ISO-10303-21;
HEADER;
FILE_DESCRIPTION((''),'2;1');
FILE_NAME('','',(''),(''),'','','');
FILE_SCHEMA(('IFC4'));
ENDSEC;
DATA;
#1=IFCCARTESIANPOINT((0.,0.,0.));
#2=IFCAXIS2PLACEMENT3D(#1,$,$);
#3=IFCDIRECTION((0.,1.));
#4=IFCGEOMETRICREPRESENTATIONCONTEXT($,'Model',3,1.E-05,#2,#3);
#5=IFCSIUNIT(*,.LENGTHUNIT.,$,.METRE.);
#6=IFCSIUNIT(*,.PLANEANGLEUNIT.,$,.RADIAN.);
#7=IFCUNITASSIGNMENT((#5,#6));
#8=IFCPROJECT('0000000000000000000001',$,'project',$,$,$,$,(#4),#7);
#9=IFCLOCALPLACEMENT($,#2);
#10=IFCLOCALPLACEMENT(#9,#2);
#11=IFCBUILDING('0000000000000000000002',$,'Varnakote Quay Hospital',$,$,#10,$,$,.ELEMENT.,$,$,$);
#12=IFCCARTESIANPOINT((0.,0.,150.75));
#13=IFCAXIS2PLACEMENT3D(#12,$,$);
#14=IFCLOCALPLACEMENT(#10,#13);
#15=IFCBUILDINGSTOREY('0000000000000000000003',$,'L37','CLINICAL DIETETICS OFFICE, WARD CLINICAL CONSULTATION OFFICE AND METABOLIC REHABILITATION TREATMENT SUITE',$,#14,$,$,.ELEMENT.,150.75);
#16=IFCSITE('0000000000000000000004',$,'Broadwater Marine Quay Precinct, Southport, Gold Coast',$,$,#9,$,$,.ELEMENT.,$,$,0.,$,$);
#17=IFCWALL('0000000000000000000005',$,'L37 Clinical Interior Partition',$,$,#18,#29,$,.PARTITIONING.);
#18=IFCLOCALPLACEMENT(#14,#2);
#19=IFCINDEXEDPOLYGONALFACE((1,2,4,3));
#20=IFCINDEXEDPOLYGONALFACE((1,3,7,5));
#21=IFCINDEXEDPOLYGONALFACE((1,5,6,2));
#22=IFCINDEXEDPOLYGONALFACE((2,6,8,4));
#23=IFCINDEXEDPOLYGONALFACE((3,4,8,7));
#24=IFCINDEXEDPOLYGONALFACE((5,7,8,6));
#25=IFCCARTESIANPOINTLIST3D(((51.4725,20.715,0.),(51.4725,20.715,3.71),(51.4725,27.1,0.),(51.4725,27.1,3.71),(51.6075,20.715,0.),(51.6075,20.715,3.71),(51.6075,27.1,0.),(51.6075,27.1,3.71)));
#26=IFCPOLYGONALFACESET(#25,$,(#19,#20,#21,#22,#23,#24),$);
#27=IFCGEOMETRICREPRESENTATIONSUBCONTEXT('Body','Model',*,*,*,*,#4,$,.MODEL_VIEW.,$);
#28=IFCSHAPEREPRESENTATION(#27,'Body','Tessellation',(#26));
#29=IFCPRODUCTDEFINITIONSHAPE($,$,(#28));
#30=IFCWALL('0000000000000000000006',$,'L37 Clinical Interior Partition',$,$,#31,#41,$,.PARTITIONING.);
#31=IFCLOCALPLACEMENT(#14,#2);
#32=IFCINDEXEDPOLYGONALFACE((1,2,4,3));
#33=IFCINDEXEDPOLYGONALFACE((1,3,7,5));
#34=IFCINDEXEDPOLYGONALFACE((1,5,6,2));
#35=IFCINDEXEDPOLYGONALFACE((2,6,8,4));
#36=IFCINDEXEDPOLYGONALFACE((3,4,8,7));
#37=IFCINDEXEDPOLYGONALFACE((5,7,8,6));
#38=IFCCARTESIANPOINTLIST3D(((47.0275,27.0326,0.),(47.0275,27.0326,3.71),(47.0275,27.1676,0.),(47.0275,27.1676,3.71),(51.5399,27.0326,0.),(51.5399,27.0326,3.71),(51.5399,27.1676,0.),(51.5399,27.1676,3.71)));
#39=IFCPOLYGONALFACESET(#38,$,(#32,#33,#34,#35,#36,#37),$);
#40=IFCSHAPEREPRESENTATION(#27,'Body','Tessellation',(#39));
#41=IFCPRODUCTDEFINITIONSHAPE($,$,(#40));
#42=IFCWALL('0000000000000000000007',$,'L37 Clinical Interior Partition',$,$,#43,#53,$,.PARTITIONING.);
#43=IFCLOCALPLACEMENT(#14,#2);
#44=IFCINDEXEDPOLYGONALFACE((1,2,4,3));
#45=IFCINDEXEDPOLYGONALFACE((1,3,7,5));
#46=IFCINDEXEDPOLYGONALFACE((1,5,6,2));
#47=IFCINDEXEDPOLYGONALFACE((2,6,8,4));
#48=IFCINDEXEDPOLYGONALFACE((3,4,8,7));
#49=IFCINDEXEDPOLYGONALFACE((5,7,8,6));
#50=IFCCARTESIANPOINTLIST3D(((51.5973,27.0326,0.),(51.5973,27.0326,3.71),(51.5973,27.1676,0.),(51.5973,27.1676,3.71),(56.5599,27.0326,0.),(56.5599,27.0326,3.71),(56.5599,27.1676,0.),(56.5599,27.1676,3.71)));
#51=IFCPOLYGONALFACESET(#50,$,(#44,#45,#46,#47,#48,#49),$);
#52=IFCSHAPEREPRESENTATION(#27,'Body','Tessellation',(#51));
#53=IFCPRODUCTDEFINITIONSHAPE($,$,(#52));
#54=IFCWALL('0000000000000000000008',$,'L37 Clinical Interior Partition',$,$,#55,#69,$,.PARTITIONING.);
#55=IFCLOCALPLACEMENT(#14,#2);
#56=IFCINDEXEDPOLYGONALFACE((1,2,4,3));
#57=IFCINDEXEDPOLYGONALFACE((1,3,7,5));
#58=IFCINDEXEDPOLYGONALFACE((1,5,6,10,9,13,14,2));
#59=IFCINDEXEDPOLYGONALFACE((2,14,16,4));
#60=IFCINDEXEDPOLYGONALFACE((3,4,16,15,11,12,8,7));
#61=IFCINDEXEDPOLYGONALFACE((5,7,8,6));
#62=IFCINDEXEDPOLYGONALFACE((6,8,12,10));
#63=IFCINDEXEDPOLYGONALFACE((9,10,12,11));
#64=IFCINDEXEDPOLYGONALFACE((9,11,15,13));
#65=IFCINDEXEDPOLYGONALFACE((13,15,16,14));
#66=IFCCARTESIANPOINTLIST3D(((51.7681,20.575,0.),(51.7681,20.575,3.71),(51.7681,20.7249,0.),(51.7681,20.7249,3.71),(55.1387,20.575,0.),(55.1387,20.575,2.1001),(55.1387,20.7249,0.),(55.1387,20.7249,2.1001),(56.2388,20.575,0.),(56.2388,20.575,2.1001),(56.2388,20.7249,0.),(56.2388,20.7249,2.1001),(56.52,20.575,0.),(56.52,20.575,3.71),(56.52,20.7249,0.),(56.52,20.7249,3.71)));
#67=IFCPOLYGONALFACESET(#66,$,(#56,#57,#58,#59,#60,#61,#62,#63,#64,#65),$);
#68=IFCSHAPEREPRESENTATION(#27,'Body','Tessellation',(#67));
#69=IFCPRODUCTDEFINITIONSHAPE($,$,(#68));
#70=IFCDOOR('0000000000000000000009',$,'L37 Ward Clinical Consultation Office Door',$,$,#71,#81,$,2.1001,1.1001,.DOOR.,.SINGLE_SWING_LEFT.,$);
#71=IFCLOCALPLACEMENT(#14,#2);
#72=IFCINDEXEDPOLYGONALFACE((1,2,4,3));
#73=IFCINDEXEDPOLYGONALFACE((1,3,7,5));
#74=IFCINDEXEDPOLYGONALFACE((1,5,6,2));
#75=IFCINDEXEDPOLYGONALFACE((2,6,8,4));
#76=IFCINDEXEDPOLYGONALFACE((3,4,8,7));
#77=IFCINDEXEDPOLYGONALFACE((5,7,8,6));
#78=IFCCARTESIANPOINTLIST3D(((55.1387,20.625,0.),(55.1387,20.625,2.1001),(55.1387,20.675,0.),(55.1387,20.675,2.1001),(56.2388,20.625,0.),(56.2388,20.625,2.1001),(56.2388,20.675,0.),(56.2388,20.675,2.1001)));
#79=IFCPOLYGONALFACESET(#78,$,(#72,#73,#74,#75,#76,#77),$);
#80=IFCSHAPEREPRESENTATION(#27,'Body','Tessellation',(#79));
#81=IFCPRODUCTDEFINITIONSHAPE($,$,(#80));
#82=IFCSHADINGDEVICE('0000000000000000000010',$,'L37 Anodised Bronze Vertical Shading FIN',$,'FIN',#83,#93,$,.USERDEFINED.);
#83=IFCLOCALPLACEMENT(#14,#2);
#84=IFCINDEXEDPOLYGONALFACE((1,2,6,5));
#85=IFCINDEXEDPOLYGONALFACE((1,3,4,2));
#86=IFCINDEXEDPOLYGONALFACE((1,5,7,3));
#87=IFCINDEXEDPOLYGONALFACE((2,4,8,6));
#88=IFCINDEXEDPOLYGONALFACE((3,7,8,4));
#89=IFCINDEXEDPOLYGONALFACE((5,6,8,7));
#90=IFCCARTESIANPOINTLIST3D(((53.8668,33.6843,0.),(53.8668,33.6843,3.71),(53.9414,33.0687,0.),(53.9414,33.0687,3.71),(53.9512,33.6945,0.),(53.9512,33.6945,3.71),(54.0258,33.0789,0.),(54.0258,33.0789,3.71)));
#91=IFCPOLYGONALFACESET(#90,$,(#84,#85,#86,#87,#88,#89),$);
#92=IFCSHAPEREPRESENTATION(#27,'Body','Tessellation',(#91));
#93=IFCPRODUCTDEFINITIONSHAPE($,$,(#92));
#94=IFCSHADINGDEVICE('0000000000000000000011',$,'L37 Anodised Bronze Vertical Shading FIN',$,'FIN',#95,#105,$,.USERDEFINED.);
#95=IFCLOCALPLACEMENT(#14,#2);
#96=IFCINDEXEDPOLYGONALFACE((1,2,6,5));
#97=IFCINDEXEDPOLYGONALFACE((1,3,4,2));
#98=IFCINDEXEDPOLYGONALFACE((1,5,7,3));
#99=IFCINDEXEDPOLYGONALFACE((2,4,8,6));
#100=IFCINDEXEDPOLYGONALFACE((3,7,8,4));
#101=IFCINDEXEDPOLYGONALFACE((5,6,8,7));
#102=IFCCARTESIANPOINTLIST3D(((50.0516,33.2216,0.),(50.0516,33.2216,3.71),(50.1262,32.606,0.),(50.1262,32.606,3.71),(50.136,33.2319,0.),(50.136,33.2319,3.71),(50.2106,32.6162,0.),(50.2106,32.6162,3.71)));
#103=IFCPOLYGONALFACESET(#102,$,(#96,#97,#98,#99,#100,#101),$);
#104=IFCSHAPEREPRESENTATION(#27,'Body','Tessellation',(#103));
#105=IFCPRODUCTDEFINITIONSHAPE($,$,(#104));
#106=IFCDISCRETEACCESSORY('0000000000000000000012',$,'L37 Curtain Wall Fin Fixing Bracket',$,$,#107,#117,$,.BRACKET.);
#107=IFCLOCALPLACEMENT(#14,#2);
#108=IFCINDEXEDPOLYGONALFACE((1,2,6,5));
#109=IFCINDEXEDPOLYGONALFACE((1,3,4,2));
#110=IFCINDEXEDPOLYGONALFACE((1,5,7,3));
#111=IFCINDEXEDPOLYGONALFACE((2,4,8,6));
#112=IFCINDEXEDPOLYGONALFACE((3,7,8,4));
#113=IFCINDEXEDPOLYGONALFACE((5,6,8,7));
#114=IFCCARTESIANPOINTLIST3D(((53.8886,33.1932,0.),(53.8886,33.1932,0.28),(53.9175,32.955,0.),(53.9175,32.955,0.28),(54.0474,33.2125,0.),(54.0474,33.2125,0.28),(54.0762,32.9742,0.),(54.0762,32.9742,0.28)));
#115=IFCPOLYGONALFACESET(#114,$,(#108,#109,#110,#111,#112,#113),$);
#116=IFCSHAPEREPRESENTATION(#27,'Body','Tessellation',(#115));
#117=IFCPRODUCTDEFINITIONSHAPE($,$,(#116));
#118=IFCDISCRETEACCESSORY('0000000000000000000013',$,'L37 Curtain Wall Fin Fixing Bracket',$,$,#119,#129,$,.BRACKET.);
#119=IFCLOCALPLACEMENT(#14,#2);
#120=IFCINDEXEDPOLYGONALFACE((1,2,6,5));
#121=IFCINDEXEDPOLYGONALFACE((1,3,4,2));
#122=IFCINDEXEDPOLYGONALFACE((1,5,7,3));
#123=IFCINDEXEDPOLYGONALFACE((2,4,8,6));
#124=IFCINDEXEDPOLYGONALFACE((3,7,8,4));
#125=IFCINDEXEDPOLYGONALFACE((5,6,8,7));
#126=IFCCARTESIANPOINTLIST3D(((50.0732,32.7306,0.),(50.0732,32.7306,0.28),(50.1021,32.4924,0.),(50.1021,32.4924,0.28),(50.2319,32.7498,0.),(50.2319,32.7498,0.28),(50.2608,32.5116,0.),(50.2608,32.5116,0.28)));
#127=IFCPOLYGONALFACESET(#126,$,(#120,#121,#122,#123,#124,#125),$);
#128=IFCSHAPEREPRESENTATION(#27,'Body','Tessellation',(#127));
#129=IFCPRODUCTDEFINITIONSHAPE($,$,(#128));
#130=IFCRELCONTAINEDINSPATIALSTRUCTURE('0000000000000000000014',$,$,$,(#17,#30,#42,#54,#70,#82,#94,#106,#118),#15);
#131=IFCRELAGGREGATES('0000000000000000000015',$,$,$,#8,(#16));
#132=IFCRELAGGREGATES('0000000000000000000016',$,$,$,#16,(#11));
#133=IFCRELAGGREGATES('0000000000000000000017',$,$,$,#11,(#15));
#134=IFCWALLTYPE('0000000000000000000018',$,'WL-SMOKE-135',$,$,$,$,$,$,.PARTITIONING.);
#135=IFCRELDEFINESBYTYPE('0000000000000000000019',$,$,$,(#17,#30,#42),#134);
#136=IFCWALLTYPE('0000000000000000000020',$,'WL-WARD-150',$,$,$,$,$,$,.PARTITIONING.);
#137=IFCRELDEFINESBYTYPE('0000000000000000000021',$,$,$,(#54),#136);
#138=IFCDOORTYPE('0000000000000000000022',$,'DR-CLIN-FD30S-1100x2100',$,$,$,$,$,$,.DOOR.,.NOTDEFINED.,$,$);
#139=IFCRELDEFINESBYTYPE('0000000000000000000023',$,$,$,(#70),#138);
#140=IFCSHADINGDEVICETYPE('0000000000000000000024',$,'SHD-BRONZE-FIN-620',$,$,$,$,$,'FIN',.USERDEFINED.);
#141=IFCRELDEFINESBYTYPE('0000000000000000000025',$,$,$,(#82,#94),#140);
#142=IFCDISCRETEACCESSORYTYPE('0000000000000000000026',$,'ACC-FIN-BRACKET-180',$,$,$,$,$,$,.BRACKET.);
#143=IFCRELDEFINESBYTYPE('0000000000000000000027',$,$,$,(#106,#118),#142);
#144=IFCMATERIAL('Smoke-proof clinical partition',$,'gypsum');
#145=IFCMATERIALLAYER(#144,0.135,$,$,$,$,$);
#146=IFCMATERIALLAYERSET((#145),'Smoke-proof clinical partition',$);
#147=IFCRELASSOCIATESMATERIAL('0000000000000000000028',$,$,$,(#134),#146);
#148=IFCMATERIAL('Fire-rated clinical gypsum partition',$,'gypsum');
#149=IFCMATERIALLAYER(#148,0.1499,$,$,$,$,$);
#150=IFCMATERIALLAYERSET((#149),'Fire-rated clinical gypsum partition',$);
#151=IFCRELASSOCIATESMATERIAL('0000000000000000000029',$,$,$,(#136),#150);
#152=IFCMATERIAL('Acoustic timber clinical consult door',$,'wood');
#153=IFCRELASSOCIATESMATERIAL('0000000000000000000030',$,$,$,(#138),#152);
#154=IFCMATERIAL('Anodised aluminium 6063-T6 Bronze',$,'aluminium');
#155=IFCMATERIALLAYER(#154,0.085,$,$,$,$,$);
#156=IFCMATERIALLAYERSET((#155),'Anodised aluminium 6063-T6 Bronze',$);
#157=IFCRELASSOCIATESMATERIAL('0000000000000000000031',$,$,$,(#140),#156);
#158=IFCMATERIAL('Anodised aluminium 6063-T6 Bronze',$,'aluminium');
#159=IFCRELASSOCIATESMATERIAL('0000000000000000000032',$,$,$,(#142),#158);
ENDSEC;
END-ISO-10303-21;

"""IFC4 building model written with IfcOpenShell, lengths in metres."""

from ifc_helpers import new_model, si_unit, direction, frame, frame_2d, origin, origin_2d, place, context, subcontext, project, spatial, rectangle, extrude, material, layer, layer_set, type_object, element, fill, save


model = new_model("IFC4")

# Units and contexts
model_context = context("Model", 3, precision=1e-05, world=origin(), true_north=direction((0.0, 1.0)))
body_context = subcontext(model_context, "Body", "Model", "MODEL_VIEW")
ifc_project = project(units=[si_unit("LENGTHUNIT", "METRE"), si_unit("PLANEANGLEUNIT", "RADIAN")], contexts=[model_context])

# Site, building, storey
site_placement = place(None, origin())
site = spatial("IfcSite", under=ifc_project, at=site_placement, Name="Broadwater Marine Quay Precinct, Southport, Gold Coast", CompositionType="ELEMENT", RefElevation=0.0)
building_placement = place(site_placement, origin())
building = spatial("IfcBuilding", under=site, at=building_placement, Name="Varnakote Quay Hospital", CompositionType="ELEMENT")
storey_placement = place(building_placement, frame((0.0, 0.0, 150.75)))
storey = spatial("IfcBuildingStorey", under=building, at=storey_placement, Name="L37", Description="CLINICAL DIETETICS OFFICE, WARD CLINICAL CONSULTATION OFFICE AND METABOLIC REHABILITATION TREATMENT SUITE", CompositionType="ELEMENT", Elevation=150.75)

# Walls
ifc_material_1 = material(Name="Smoke-proof clinical partition", Category="gypsum")
ifc_layer_1 = layer(ifc_material_1, 0.135)
ifc_layer_set_1 = layer_set([ifc_layer_1], Name="Smoke-proof clinical partition")
wall_type_1 = type_object("IfcWallType", Name="WL-SMOKE-135", PredefinedType="PARTITIONING", material=ifc_layer_set_1)
wall_1_placement = place(storey_placement, frame((51.54, 20.7151, 0.0), z_axis=(0.0, 0.0, 1.0), x_axis=(0.0, 1.0, 0.0)))
element("IfcWall", 1, at=wall_1_placement, inside=storey, type_object=wall_type_1, Name="L37 Clinical Interior Partition", PredefinedType="PARTITIONING", context=body_context, shape_type="SweptSolid", body=[
    extrude(rectangle(XDim=6.385, YDim=0.135, at=frame_2d((3.1924, 0.0))), origin(), (0.0, 0.0, 1.0), 3.71),
])
wall_2_placement = place(storey_placement, frame((51.54, 27.1001, 0.0), z_axis=(0.0, 0.0, 1.0), x_axis=(-1.0, 0.0, 0.0)))
element("IfcWall", 2, at=wall_2_placement, inside=storey, type_object=wall_type_1, Name="L37 Clinical Interior Partition", PredefinedType="PARTITIONING", context=body_context, shape_type="SweptSolid", body=[
    extrude(rectangle(XDim=4.5125, YDim=0.135, at=frame_2d((2.2563, 0.0))), origin(), (0.0, 0.0, 1.0), 3.71),
])
wall_3_placement = place(storey_placement, frame((56.5601, 27.1001, 0.0), z_axis=(0.0, 0.0, 1.0), x_axis=(-1.0, 0.0, 0.0)))
element("IfcWall", 3, at=wall_3_placement, inside=storey, type_object=wall_type_1, Name="L37 Clinical Interior Partition", PredefinedType="PARTITIONING", context=body_context, shape_type="SweptSolid", body=[
    extrude(rectangle(XDim=4.9626, YDim=0.135, at=frame_2d((2.4814, 0.0))), origin(), (0.0, 0.0, 1.0), 3.71),
])

# Wall, opening, door
ifc_material_2 = material(Name="Fire-rated clinical gypsum partition", Category="gypsum")
ifc_layer_2 = layer(ifc_material_2, 0.1499)
ifc_layer_set_2 = layer_set([ifc_layer_2], Name="Fire-rated clinical gypsum partition")
wall_type_2 = type_object("IfcWallType", Name="WL-WARD-150", PredefinedType="PARTITIONING", material=ifc_layer_set_2)
wall_4_placement = place(storey_placement, frame((56.52, 20.6499, 0.0), z_axis=(0.0, 0.0, 1.0), x_axis=(-1.0, 0.0, 0.0)))
wall_4 = element("IfcWall", 4, at=wall_4_placement, inside=storey, type_object=wall_type_2, Name="L37 Clinical Interior Partition", PredefinedType="PARTITIONING", context=body_context, shape_type="SweptSolid", body=[
    extrude(rectangle(XDim=4.752, YDim=0.1499, at=frame_2d((2.376, 0.0))), origin(), (0.0, 0.0, 1.0), 3.71),
])
opening_placement = place(wall_4_placement, frame((0.2812, 0.0, 0.0)))
opening = element("IfcOpeningElement", 5, at=opening_placement, cuts=wall_4, PredefinedType="OPENING", context=body_context, shape_type="SweptSolid", body=[
    extrude(rectangle(XDim=1.1001, YDim=2.1001, at=frame_2d((0.55, 1.05))), frame((0.0, 0.085, 0.0), z_axis=(0.0, -1.0, 0.0), x_axis=(1.0, 0.0, 0.0)), (0.0, 0.0, 1.0), 0.1699),
])
ifc_material_3 = material(Name="Acoustic timber clinical consult door", Category="wood")
door_type = type_object("IfcDoorType", Name="DR-CLIN-FD30S-1100x2100", OperationType="NOTDEFINED", PredefinedType="DOOR", material=ifc_material_3)
door_placement = place(opening_placement, origin())
door = element("IfcDoor", 6, at=door_placement, inside=storey, type_object=door_type, Name="L37 Ward Clinical Consultation Office Door", OperationType="SINGLE_SWING_LEFT", OverallHeight=2.1001, OverallWidth=1.1001, PredefinedType="DOOR", context=body_context, shape_type="SweptSolid", body=[
    extrude(rectangle(XDim=1.1001, YDim=2.1001, at=frame_2d((0.55, 1.05))), frame((0.0, 0.0249, 0.0), z_axis=(0.0, -1.0, 0.0), x_axis=(1.0, 0.0, 0.0)), (0.0, 0.0, 1.0), 0.05),
])
fill(opening, door)

# Shading devices
ifc_material_4 = material(Name="Anodised aluminium 6063-T6 Bronze", Category="aluminium")
ifc_layer_3 = layer(ifc_material_4, 0.085)
ifc_layer_set_3 = layer_set([ifc_layer_3], Name="Anodised aluminium 6063-T6 Bronze")
shading_device_type = type_object("IfcShadingDeviceType", Name="SHD-BRONZE-FIN-620", ElementType="FIN", PredefinedType="USERDEFINED", material=ifc_layer_set_3)
for number, where, z_axis, x_axis, name in (
    (7, (53.9463, 33.3816, 0.0), (0.0, 0.0, 1.0), (0.12031, -0.992736, 0.0), "L37 Anodised Bronze Vertical Shading FIN"),
    (8, (50.1311, 32.9189, 0.0), (0.0, 0.0, 1.0), (0.12031, -0.992736, 0.0), "L37 Anodised Bronze Vertical Shading FIN"),
):
    element("IfcShadingDevice", number, at=place(storey_placement, frame(where, z_axis=z_axis, x_axis=x_axis)), inside=storey, type_object=shading_device_type, Name=name, ObjectType="FIN", PredefinedType="USERDEFINED", context=body_context, shape_type="SweptSolid", body=[
        extrude(rectangle(XDim=0.6201, YDim=0.085, at=origin_2d()), origin(), (0.0, 0.0, 1.0), 3.71),
    ])

# Discrete accessories
ifc_material_5 = material(Name="Anodised aluminium 6063-T6 Bronze", Category="aluminium")
discrete_accessory_type = type_object("IfcDiscreteAccessoryType", Name="ACC-FIN-BRACKET-180", PredefinedType="BRACKET", material=ifc_material_5)
for number, where, z_axis, x_axis, name in (
    (9, (53.9824, 33.0837, 0.0), (0.0, 0.0, 1.0), (-0.992736, -0.12031, 0.0), "L37 Curtain Wall Fin Fixing Bracket"),
    (10, (50.167, 32.6211, 0.0), (0.0, 0.0, 1.0), (-0.992736, -0.12031, 0.0), "L37 Curtain Wall Fin Fixing Bracket"),
):
    element("IfcDiscreteAccessory", number, at=place(storey_placement, frame(where, z_axis=z_axis, x_axis=x_axis)), inside=storey, type_object=discrete_accessory_type, Name=name, PredefinedType="BRACKET", context=body_context, shape_type="SweptSolid", body=[
        extrude(rectangle(XDim=0.1599, YDim=0.24, at=origin_2d()), origin(), (0.0, 0.0, 1.0), 0.28),
    ])

save(model, "model.ifc")
